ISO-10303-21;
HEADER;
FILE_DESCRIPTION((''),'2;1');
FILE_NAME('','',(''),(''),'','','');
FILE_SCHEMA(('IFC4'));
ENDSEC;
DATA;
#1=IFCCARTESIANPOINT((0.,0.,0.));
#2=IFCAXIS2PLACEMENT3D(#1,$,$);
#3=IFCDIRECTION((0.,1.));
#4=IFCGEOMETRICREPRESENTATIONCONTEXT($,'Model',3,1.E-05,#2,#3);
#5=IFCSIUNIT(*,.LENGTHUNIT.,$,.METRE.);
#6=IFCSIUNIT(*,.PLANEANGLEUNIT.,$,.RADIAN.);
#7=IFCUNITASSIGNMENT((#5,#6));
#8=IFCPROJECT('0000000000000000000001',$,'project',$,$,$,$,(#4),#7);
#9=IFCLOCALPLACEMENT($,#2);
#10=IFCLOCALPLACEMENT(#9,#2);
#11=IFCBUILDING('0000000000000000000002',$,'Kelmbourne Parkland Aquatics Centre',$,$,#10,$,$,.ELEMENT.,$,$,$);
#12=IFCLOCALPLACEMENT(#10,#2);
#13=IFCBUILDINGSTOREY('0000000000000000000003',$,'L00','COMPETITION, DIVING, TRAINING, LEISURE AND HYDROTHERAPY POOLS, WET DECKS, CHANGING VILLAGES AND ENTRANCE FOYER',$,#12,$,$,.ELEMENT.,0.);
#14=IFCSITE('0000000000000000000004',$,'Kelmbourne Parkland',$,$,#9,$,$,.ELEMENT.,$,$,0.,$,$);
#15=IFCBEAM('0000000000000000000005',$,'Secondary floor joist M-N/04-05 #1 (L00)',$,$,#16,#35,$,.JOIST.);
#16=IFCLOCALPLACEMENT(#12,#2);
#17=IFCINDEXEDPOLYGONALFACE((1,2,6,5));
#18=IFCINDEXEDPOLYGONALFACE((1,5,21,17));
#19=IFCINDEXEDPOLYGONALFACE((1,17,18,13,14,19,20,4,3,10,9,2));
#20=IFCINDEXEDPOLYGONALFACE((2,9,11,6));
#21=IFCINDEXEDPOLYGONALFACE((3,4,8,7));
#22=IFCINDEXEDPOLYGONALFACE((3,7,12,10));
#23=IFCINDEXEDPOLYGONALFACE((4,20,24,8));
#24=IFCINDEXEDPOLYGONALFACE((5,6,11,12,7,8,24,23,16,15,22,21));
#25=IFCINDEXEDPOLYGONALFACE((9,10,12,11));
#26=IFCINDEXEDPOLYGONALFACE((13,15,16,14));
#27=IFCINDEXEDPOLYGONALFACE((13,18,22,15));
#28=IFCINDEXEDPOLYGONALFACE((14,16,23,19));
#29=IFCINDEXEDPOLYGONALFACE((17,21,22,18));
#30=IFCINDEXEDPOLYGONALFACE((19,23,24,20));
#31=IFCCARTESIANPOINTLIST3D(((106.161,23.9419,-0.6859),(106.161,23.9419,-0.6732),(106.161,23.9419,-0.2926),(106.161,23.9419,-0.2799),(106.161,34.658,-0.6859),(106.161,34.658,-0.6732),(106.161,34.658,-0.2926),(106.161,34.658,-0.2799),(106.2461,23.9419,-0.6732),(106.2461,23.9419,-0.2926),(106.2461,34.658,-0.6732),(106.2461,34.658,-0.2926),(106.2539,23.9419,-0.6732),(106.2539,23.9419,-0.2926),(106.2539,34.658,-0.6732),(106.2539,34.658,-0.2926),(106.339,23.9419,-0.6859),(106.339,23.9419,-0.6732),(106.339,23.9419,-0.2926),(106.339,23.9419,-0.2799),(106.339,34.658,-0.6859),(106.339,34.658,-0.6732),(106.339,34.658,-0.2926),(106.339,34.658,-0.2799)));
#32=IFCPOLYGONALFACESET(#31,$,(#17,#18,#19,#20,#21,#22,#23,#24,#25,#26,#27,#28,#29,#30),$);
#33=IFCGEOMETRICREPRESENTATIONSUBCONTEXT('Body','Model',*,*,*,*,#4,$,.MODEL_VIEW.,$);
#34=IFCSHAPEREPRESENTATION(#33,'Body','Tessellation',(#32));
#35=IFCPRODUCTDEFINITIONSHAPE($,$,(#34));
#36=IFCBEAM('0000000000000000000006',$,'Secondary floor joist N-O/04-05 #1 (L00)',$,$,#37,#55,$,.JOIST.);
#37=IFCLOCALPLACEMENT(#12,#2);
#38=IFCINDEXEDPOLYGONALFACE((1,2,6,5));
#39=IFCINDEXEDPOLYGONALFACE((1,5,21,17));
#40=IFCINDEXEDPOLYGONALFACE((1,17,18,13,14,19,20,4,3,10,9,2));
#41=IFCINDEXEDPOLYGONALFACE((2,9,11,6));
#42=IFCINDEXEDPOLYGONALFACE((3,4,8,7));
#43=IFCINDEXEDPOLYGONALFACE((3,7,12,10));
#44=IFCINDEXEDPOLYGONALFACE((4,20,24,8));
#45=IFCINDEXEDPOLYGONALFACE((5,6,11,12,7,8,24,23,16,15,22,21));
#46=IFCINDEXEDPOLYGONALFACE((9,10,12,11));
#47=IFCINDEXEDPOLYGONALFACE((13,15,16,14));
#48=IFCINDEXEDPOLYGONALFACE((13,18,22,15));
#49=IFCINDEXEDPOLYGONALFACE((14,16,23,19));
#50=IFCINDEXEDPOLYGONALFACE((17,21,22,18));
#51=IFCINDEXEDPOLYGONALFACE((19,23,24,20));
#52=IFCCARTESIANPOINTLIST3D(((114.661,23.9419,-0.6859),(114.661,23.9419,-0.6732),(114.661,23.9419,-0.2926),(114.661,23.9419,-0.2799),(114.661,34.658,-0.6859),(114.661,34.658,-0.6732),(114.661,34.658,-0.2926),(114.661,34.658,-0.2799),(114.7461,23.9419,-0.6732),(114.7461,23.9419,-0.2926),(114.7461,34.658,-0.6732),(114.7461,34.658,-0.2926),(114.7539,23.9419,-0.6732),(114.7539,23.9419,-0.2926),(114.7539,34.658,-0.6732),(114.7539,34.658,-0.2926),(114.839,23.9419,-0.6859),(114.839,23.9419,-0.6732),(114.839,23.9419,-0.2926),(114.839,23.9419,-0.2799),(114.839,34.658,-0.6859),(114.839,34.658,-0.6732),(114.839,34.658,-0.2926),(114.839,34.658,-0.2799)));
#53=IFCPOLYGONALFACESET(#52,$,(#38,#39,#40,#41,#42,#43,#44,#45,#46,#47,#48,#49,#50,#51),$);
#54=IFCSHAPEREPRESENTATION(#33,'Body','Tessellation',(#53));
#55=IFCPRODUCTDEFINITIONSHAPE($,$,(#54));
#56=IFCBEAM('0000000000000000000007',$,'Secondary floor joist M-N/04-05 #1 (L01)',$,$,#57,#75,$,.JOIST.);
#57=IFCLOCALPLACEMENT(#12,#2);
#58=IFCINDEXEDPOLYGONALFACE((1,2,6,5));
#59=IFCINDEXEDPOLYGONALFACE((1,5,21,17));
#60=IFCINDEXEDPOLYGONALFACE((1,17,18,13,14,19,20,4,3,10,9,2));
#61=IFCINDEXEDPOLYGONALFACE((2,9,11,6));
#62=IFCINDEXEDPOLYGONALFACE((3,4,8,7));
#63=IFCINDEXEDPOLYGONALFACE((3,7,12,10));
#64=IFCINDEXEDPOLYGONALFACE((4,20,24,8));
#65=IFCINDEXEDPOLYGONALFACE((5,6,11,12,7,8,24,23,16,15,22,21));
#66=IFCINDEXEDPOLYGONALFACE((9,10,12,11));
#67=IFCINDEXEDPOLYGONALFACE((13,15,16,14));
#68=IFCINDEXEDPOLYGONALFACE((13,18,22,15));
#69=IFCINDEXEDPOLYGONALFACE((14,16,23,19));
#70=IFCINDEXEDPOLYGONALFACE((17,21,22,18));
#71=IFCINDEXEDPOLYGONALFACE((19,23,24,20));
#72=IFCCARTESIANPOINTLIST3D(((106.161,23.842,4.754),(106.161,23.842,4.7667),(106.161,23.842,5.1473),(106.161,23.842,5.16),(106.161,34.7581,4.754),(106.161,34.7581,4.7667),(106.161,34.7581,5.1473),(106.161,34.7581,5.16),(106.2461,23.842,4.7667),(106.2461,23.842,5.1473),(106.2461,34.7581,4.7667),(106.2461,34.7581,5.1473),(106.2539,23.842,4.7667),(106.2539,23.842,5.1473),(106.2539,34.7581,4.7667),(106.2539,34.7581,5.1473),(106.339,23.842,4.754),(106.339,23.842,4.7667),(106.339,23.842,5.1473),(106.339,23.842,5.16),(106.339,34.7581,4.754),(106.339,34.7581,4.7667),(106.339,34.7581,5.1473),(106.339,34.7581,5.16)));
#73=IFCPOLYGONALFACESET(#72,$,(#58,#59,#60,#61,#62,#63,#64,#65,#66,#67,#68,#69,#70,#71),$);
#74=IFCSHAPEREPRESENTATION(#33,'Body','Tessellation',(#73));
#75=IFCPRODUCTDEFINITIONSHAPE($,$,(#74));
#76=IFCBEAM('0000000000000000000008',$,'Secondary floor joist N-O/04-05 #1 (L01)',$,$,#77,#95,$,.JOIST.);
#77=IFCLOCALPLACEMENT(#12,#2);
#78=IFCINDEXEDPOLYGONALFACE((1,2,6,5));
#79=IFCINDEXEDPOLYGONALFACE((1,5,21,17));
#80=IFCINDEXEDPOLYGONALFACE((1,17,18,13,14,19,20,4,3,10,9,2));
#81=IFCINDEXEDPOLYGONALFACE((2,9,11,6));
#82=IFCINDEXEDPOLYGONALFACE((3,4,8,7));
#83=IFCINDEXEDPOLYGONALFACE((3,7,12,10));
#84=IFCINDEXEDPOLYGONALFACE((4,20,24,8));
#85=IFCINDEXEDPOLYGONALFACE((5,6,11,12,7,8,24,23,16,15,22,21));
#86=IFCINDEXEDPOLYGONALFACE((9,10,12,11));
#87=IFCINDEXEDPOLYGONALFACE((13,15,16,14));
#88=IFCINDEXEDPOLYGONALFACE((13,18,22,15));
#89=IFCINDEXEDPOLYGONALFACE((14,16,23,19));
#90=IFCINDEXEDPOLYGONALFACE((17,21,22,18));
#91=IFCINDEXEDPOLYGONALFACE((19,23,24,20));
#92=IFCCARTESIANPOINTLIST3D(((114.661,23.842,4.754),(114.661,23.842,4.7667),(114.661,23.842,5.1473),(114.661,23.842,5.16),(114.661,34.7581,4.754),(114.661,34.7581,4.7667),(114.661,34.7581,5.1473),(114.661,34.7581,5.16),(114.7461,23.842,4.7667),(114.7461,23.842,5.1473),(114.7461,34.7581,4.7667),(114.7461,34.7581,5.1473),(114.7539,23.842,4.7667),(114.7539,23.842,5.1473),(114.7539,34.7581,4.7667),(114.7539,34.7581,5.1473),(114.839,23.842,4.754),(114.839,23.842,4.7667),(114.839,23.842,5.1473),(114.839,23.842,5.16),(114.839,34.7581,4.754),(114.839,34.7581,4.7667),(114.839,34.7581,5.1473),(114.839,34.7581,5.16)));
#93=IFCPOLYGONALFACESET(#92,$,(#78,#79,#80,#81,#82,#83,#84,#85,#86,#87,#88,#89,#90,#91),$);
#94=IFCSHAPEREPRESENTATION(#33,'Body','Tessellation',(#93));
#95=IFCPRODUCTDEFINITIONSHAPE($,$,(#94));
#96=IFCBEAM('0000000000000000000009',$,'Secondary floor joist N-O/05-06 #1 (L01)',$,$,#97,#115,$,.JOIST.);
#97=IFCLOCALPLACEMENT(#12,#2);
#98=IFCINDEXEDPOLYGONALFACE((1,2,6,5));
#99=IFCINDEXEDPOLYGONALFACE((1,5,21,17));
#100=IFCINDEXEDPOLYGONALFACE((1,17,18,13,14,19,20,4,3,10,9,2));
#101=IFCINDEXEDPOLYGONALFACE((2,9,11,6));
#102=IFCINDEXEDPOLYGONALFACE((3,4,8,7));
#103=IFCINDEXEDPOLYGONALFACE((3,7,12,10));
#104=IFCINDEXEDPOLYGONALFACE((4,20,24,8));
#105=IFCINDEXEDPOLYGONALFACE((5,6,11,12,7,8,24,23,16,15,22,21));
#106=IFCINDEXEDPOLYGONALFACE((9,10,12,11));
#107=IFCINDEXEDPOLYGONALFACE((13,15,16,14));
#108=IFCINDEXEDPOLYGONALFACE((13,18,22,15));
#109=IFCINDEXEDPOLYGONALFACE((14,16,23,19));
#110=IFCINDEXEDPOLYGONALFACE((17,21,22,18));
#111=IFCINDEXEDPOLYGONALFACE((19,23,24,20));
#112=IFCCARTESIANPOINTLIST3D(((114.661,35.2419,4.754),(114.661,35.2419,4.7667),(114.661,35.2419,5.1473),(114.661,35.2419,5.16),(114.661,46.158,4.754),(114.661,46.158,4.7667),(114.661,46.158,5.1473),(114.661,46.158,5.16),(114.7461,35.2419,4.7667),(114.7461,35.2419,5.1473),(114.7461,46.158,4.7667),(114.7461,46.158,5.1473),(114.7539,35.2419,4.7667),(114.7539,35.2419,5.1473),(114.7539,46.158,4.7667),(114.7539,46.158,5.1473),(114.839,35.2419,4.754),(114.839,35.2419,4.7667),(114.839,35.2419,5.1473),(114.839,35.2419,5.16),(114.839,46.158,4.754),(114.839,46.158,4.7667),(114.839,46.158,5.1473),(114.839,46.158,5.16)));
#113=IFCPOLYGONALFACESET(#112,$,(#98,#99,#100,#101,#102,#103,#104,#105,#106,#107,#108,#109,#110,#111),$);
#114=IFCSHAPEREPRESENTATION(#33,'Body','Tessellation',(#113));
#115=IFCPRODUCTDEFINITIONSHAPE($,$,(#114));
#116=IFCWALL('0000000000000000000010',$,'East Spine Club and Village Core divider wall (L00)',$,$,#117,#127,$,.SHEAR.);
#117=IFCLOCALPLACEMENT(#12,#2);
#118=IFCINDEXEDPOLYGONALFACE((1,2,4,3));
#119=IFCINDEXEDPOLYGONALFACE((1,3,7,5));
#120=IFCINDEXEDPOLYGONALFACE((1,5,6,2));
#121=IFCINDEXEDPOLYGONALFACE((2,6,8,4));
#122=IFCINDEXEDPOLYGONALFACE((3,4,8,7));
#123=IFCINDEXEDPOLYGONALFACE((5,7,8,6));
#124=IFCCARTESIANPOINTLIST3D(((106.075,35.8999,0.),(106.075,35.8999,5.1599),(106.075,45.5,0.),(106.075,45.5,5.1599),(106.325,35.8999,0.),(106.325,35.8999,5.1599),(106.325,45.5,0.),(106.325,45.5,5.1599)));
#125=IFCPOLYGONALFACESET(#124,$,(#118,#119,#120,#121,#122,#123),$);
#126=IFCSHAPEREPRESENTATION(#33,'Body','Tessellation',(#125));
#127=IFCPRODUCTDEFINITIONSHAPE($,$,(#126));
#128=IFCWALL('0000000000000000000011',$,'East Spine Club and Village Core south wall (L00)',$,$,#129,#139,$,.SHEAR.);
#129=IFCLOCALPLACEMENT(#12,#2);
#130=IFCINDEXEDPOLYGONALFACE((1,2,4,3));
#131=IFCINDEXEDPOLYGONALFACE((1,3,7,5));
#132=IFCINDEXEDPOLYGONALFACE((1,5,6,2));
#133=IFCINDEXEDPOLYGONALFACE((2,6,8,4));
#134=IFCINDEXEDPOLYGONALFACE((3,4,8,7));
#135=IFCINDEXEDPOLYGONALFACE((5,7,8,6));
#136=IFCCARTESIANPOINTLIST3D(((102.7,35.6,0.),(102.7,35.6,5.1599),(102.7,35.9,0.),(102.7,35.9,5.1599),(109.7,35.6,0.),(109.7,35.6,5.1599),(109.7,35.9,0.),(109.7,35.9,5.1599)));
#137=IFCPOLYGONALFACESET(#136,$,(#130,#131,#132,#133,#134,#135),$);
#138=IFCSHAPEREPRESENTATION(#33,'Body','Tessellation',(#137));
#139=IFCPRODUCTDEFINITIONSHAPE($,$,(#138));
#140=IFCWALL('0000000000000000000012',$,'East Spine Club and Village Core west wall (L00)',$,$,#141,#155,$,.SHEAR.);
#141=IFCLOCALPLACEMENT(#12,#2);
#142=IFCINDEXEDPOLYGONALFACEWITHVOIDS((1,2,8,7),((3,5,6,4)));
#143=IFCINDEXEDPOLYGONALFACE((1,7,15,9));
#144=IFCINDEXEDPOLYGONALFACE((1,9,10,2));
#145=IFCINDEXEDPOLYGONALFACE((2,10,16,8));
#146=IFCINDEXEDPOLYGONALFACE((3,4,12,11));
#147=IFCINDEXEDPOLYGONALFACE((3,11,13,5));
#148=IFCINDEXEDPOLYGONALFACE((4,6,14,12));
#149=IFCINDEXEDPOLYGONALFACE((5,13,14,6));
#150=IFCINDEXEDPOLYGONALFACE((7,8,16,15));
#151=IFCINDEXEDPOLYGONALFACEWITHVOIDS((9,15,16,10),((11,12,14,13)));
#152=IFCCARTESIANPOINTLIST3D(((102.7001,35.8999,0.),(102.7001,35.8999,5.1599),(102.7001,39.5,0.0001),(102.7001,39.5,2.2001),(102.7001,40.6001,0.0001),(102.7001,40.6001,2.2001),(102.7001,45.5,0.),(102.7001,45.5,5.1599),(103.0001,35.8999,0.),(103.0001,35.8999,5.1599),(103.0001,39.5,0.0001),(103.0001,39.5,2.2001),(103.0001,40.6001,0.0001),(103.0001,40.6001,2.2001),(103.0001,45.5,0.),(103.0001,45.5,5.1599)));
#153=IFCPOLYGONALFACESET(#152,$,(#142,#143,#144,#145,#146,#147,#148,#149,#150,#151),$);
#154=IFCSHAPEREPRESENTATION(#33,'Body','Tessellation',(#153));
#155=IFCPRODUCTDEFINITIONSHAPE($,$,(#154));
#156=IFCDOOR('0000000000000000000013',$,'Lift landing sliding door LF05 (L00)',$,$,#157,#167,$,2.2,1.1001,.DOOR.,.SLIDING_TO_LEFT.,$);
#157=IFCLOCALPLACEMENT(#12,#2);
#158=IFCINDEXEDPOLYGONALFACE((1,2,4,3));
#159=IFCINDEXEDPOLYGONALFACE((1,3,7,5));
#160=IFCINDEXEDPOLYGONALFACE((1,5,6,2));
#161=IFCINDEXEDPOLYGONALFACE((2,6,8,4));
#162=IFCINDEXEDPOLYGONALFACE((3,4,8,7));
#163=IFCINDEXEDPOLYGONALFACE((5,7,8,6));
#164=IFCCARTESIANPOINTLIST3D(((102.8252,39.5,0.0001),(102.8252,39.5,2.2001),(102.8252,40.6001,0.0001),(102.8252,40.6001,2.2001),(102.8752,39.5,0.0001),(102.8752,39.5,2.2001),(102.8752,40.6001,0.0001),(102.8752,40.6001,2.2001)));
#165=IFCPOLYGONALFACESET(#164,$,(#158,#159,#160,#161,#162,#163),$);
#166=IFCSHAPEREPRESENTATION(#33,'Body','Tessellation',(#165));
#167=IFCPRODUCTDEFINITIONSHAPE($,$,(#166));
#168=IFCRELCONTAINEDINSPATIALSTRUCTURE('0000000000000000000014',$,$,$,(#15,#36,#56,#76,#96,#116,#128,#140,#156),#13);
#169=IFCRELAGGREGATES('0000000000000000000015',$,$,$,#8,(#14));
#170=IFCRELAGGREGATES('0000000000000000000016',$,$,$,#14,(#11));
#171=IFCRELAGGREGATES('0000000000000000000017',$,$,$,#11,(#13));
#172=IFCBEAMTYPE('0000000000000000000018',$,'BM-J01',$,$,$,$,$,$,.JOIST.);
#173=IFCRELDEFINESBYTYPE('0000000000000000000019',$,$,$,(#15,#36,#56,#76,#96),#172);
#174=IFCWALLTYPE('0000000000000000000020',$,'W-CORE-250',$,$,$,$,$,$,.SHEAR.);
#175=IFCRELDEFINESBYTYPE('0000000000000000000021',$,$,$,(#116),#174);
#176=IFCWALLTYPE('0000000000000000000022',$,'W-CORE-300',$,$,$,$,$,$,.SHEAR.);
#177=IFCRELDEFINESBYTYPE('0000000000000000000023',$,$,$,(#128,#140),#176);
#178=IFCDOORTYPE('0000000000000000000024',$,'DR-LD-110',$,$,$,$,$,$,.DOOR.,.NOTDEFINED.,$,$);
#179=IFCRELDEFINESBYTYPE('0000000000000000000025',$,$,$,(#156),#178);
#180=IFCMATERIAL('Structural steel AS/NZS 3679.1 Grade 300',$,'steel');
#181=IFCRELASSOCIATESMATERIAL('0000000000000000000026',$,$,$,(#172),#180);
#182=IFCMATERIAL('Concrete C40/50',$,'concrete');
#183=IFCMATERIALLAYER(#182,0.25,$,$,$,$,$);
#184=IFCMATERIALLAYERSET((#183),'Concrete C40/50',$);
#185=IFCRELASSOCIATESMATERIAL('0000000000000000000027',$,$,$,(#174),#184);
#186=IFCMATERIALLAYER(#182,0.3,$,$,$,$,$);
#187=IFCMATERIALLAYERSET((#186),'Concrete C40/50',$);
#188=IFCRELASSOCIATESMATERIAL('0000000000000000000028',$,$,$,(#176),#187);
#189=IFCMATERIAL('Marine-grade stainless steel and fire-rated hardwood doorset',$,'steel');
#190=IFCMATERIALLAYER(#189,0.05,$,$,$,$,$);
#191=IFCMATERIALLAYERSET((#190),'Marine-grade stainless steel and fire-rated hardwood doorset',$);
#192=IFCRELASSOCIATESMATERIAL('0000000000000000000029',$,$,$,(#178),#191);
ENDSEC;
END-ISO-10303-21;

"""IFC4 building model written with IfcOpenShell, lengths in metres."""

from ifc_helpers import new_model, si_unit, direction, frame, frame_2d, origin, origin_2d, place, context, subcontext, project, spatial, rectangle, i_section, extrude, material, layer, layer_set, material_profile, profile_set, type_object, element, fill, save


model = new_model("IFC4")

# Units and contexts
model_context = context("Model", 3, precision=1e-05, world=origin(), true_north=direction((0.0, 1.0)))
body_context = subcontext(model_context, "Body", "Model", "MODEL_VIEW")
ifc_project = project(units=[si_unit("LENGTHUNIT", "METRE"), si_unit("PLANEANGLEUNIT", "RADIAN")], contexts=[model_context])

# Site, building, storey
site_placement = place(None, origin())
site = spatial("IfcSite", under=ifc_project, at=site_placement, Name="Kelmbourne Parkland", CompositionType="ELEMENT", RefElevation=0.0)
building_placement = place(site_placement, origin())
building = spatial("IfcBuilding", under=site, at=building_placement, Name="Kelmbourne Parkland Aquatics Centre", CompositionType="ELEMENT")
storey_placement = place(building_placement, origin())
storey = spatial("IfcBuildingStorey", under=building, at=storey_placement, Name="L00", Description="COMPETITION, DIVING, TRAINING, LEISURE AND HYDROTHERAPY POOLS, WET DECKS, CHANGING VILLAGES AND ENTRANCE FOYER", CompositionType="ELEMENT", Elevation=0.0)

# Shared definitions
ifc_material_1 = material(Name="Concrete C40/50", Category="concrete")

# Beams
ifc_material_2 = material(Name="Structural steel AS/NZS 3679.1 Grade 300", Category="steel")
ifc_material_profile_1 = material_profile(ifc_material_2, i_section(OverallWidth=0.178, OverallDepth=0.406, WebThickness=0.0078, FlangeThickness=0.0127, at=origin_2d()), Name="410UB59.7")
ifc_profile_set_1 = profile_set([ifc_material_profile_1], Name="Structural steel AS/NZS 3679.1 Grade 300")
beam_type_1 = type_object("IfcBeamType", Name="BM-J01", PredefinedType="JOIST", material=ifc_profile_set_1)
for number, where, z_axis, x_axis, name in (
    (1, (106.25, 23.9419, -0.4829), (0.0, 1.0, 0.0), (-1.0, 0.0, 0.0), "Secondary floor joist M-N/04-05 #1 (L00)"),
    (2, (114.75, 23.9419, -0.4829), (0.0, 1.0, 0.0), (-1.0, 0.0, 0.0), "Secondary floor joist N-O/04-05 #1 (L00)"),
):
    element("IfcBeam", number, at=place(storey_placement, frame(where, z_axis=z_axis, x_axis=x_axis)), inside=storey, type_object=beam_type_1, Name=name, PredefinedType="JOIST", context=body_context, shape_type="SweptSolid", body=[
        extrude(i_section(OverallWidth=0.178, OverallDepth=0.406, WebThickness=0.0078, FlangeThickness=0.0127, at=origin_2d()), origin(), (0.0, 0.0, 1.0), 10.7161),
    ])
for number, where, z_axis, x_axis, name in (
    (3, (106.25, 23.842, 4.957), (0.0, 1.0, 0.0), (-1.0, 0.0, 0.0), "Secondary floor joist M-N/04-05 #1 (L01)"),
    (4, (114.75, 23.842, 4.957), (0.0, 1.0, 0.0), (-1.0, 0.0, 0.0), "Secondary floor joist N-O/04-05 #1 (L01)"),
    (5, (114.75, 35.2419, 4.957), (0.0, 1.0, 0.0), (-1.0, 0.0, 0.0), "Secondary floor joist N-O/05-06 #1 (L01)"),
):
    element("IfcBeam", number, at=place(storey_placement, frame(where, z_axis=z_axis, x_axis=x_axis)), inside=storey, type_object=beam_type_1, Name=name, PredefinedType="JOIST", context=body_context, shape_type="SweptSolid", body=[
        extrude(i_section(OverallWidth=0.178, OverallDepth=0.406, WebThickness=0.0078, FlangeThickness=0.0127, at=origin_2d()), origin(), (0.0, 0.0, 1.0), 10.916),
    ])

# Walls
ifc_layer_1 = layer(ifc_material_1, 0.25)
ifc_layer_set_1 = layer_set([ifc_layer_1], Name="Concrete C40/50")
wall_type_1 = type_object("IfcWallType", Name="W-CORE-250", PredefinedType="SHEAR", material=ifc_layer_set_1)
wall_1_placement = place(storey_placement, frame((106.2, 35.8999, 0.0), z_axis=(0.0, 0.0, 1.0), x_axis=(0.0, 1.0, 0.0)))
element("IfcWall", 6, at=wall_1_placement, inside=storey, type_object=wall_type_1, Name="East Spine Club and Village Core divider wall (L00)", PredefinedType="SHEAR", context=body_context, shape_type="SweptSolid", body=[
    extrude(rectangle(XDim=9.6001, YDim=0.25, at=frame_2d((4.8, 0.0))), origin(), (0.0, 0.0, 1.0), 5.1599),
])
ifc_layer_2 = layer(ifc_material_1, 0.3)
ifc_layer_set_2 = layer_set([ifc_layer_2], Name="Concrete C40/50")
wall_type_2 = type_object("IfcWallType", Name="W-CORE-300", PredefinedType="SHEAR", material=ifc_layer_set_2)
wall_2_placement = place(storey_placement, frame((102.7, 35.75, 0.0), z_axis=(0.0, 0.0, 1.0), x_axis=(1.0, 0.0, 0.0)))
element("IfcWall", 7, at=wall_2_placement, inside=storey, type_object=wall_type_2, Name="East Spine Club and Village Core south wall (L00)", PredefinedType="SHEAR", context=body_context, shape_type="SweptSolid", body=[
    extrude(rectangle(XDim=7.0, YDim=0.3, at=frame_2d((3.5, 0.0))), origin(), (0.0, 0.0, 1.0), 5.1599),
])

# Wall, opening, door
wall_3_placement = place(storey_placement, frame((102.8501, 35.8999, 0.0), z_axis=(0.0, 0.0, 1.0), x_axis=(0.0, 1.0, 0.0)))
wall_3 = element("IfcWall", 8, at=wall_3_placement, inside=storey, type_object=wall_type_2, Name="East Spine Club and Village Core west wall (L00)", PredefinedType="SHEAR", context=body_context, shape_type="SweptSolid", body=[
    extrude(rectangle(XDim=9.6001, YDim=0.3, at=frame_2d((4.8, 0.0))), origin(), (0.0, 0.0, 1.0), 5.1599),
])
opening_placement = place(wall_3_placement, frame((3.6001, 0.0, 0.0)))
opening = element("IfcOpeningElement", 9, at=opening_placement, cuts=wall_3, PredefinedType="OPENING", context=body_context, shape_type="SweptSolid", body=[
    extrude(rectangle(XDim=1.1001, YDim=2.2, at=frame_2d((0.55, 1.1001))), frame((0.0, 0.1621, 0.0), z_axis=(0.0, -1.0, 0.0), x_axis=(1.0, 0.0, 0.0)), (0.0, 0.0, 1.0), 0.324),
])
ifc_material_3 = material(Name="Marine-grade stainless steel and fire-rated hardwood doorset", Category="steel")
ifc_layer_3 = layer(ifc_material_3, 0.05)
ifc_layer_set_3 = layer_set([ifc_layer_3], Name="Marine-grade stainless steel and fire-rated hardwood doorset")
door_type = type_object("IfcDoorType", Name="DR-LD-110", OperationType="NOTDEFINED", PredefinedType="DOOR", material=ifc_layer_set_3)
door_placement = place(opening_placement, origin())
door = element("IfcDoor", 10, at=door_placement, inside=storey, type_object=door_type, Name="Lift landing sliding door LF05 (L00)", OperationType="SLIDING_TO_LEFT", OverallHeight=2.2, OverallWidth=1.1001, PredefinedType="DOOR", context=body_context, shape_type="SweptSolid", body=[
    extrude(rectangle(XDim=1.1001, YDim=2.2, at=frame_2d((0.55, 1.1001))), frame((0.0, 0.0249, 0.0), z_axis=(0.0, -1.0, 0.0), x_axis=(1.0, 0.0, 0.0)), (0.0, 0.0, 1.0), 0.05),
])
fill(opening, door)

save(model, "model.ifc")
